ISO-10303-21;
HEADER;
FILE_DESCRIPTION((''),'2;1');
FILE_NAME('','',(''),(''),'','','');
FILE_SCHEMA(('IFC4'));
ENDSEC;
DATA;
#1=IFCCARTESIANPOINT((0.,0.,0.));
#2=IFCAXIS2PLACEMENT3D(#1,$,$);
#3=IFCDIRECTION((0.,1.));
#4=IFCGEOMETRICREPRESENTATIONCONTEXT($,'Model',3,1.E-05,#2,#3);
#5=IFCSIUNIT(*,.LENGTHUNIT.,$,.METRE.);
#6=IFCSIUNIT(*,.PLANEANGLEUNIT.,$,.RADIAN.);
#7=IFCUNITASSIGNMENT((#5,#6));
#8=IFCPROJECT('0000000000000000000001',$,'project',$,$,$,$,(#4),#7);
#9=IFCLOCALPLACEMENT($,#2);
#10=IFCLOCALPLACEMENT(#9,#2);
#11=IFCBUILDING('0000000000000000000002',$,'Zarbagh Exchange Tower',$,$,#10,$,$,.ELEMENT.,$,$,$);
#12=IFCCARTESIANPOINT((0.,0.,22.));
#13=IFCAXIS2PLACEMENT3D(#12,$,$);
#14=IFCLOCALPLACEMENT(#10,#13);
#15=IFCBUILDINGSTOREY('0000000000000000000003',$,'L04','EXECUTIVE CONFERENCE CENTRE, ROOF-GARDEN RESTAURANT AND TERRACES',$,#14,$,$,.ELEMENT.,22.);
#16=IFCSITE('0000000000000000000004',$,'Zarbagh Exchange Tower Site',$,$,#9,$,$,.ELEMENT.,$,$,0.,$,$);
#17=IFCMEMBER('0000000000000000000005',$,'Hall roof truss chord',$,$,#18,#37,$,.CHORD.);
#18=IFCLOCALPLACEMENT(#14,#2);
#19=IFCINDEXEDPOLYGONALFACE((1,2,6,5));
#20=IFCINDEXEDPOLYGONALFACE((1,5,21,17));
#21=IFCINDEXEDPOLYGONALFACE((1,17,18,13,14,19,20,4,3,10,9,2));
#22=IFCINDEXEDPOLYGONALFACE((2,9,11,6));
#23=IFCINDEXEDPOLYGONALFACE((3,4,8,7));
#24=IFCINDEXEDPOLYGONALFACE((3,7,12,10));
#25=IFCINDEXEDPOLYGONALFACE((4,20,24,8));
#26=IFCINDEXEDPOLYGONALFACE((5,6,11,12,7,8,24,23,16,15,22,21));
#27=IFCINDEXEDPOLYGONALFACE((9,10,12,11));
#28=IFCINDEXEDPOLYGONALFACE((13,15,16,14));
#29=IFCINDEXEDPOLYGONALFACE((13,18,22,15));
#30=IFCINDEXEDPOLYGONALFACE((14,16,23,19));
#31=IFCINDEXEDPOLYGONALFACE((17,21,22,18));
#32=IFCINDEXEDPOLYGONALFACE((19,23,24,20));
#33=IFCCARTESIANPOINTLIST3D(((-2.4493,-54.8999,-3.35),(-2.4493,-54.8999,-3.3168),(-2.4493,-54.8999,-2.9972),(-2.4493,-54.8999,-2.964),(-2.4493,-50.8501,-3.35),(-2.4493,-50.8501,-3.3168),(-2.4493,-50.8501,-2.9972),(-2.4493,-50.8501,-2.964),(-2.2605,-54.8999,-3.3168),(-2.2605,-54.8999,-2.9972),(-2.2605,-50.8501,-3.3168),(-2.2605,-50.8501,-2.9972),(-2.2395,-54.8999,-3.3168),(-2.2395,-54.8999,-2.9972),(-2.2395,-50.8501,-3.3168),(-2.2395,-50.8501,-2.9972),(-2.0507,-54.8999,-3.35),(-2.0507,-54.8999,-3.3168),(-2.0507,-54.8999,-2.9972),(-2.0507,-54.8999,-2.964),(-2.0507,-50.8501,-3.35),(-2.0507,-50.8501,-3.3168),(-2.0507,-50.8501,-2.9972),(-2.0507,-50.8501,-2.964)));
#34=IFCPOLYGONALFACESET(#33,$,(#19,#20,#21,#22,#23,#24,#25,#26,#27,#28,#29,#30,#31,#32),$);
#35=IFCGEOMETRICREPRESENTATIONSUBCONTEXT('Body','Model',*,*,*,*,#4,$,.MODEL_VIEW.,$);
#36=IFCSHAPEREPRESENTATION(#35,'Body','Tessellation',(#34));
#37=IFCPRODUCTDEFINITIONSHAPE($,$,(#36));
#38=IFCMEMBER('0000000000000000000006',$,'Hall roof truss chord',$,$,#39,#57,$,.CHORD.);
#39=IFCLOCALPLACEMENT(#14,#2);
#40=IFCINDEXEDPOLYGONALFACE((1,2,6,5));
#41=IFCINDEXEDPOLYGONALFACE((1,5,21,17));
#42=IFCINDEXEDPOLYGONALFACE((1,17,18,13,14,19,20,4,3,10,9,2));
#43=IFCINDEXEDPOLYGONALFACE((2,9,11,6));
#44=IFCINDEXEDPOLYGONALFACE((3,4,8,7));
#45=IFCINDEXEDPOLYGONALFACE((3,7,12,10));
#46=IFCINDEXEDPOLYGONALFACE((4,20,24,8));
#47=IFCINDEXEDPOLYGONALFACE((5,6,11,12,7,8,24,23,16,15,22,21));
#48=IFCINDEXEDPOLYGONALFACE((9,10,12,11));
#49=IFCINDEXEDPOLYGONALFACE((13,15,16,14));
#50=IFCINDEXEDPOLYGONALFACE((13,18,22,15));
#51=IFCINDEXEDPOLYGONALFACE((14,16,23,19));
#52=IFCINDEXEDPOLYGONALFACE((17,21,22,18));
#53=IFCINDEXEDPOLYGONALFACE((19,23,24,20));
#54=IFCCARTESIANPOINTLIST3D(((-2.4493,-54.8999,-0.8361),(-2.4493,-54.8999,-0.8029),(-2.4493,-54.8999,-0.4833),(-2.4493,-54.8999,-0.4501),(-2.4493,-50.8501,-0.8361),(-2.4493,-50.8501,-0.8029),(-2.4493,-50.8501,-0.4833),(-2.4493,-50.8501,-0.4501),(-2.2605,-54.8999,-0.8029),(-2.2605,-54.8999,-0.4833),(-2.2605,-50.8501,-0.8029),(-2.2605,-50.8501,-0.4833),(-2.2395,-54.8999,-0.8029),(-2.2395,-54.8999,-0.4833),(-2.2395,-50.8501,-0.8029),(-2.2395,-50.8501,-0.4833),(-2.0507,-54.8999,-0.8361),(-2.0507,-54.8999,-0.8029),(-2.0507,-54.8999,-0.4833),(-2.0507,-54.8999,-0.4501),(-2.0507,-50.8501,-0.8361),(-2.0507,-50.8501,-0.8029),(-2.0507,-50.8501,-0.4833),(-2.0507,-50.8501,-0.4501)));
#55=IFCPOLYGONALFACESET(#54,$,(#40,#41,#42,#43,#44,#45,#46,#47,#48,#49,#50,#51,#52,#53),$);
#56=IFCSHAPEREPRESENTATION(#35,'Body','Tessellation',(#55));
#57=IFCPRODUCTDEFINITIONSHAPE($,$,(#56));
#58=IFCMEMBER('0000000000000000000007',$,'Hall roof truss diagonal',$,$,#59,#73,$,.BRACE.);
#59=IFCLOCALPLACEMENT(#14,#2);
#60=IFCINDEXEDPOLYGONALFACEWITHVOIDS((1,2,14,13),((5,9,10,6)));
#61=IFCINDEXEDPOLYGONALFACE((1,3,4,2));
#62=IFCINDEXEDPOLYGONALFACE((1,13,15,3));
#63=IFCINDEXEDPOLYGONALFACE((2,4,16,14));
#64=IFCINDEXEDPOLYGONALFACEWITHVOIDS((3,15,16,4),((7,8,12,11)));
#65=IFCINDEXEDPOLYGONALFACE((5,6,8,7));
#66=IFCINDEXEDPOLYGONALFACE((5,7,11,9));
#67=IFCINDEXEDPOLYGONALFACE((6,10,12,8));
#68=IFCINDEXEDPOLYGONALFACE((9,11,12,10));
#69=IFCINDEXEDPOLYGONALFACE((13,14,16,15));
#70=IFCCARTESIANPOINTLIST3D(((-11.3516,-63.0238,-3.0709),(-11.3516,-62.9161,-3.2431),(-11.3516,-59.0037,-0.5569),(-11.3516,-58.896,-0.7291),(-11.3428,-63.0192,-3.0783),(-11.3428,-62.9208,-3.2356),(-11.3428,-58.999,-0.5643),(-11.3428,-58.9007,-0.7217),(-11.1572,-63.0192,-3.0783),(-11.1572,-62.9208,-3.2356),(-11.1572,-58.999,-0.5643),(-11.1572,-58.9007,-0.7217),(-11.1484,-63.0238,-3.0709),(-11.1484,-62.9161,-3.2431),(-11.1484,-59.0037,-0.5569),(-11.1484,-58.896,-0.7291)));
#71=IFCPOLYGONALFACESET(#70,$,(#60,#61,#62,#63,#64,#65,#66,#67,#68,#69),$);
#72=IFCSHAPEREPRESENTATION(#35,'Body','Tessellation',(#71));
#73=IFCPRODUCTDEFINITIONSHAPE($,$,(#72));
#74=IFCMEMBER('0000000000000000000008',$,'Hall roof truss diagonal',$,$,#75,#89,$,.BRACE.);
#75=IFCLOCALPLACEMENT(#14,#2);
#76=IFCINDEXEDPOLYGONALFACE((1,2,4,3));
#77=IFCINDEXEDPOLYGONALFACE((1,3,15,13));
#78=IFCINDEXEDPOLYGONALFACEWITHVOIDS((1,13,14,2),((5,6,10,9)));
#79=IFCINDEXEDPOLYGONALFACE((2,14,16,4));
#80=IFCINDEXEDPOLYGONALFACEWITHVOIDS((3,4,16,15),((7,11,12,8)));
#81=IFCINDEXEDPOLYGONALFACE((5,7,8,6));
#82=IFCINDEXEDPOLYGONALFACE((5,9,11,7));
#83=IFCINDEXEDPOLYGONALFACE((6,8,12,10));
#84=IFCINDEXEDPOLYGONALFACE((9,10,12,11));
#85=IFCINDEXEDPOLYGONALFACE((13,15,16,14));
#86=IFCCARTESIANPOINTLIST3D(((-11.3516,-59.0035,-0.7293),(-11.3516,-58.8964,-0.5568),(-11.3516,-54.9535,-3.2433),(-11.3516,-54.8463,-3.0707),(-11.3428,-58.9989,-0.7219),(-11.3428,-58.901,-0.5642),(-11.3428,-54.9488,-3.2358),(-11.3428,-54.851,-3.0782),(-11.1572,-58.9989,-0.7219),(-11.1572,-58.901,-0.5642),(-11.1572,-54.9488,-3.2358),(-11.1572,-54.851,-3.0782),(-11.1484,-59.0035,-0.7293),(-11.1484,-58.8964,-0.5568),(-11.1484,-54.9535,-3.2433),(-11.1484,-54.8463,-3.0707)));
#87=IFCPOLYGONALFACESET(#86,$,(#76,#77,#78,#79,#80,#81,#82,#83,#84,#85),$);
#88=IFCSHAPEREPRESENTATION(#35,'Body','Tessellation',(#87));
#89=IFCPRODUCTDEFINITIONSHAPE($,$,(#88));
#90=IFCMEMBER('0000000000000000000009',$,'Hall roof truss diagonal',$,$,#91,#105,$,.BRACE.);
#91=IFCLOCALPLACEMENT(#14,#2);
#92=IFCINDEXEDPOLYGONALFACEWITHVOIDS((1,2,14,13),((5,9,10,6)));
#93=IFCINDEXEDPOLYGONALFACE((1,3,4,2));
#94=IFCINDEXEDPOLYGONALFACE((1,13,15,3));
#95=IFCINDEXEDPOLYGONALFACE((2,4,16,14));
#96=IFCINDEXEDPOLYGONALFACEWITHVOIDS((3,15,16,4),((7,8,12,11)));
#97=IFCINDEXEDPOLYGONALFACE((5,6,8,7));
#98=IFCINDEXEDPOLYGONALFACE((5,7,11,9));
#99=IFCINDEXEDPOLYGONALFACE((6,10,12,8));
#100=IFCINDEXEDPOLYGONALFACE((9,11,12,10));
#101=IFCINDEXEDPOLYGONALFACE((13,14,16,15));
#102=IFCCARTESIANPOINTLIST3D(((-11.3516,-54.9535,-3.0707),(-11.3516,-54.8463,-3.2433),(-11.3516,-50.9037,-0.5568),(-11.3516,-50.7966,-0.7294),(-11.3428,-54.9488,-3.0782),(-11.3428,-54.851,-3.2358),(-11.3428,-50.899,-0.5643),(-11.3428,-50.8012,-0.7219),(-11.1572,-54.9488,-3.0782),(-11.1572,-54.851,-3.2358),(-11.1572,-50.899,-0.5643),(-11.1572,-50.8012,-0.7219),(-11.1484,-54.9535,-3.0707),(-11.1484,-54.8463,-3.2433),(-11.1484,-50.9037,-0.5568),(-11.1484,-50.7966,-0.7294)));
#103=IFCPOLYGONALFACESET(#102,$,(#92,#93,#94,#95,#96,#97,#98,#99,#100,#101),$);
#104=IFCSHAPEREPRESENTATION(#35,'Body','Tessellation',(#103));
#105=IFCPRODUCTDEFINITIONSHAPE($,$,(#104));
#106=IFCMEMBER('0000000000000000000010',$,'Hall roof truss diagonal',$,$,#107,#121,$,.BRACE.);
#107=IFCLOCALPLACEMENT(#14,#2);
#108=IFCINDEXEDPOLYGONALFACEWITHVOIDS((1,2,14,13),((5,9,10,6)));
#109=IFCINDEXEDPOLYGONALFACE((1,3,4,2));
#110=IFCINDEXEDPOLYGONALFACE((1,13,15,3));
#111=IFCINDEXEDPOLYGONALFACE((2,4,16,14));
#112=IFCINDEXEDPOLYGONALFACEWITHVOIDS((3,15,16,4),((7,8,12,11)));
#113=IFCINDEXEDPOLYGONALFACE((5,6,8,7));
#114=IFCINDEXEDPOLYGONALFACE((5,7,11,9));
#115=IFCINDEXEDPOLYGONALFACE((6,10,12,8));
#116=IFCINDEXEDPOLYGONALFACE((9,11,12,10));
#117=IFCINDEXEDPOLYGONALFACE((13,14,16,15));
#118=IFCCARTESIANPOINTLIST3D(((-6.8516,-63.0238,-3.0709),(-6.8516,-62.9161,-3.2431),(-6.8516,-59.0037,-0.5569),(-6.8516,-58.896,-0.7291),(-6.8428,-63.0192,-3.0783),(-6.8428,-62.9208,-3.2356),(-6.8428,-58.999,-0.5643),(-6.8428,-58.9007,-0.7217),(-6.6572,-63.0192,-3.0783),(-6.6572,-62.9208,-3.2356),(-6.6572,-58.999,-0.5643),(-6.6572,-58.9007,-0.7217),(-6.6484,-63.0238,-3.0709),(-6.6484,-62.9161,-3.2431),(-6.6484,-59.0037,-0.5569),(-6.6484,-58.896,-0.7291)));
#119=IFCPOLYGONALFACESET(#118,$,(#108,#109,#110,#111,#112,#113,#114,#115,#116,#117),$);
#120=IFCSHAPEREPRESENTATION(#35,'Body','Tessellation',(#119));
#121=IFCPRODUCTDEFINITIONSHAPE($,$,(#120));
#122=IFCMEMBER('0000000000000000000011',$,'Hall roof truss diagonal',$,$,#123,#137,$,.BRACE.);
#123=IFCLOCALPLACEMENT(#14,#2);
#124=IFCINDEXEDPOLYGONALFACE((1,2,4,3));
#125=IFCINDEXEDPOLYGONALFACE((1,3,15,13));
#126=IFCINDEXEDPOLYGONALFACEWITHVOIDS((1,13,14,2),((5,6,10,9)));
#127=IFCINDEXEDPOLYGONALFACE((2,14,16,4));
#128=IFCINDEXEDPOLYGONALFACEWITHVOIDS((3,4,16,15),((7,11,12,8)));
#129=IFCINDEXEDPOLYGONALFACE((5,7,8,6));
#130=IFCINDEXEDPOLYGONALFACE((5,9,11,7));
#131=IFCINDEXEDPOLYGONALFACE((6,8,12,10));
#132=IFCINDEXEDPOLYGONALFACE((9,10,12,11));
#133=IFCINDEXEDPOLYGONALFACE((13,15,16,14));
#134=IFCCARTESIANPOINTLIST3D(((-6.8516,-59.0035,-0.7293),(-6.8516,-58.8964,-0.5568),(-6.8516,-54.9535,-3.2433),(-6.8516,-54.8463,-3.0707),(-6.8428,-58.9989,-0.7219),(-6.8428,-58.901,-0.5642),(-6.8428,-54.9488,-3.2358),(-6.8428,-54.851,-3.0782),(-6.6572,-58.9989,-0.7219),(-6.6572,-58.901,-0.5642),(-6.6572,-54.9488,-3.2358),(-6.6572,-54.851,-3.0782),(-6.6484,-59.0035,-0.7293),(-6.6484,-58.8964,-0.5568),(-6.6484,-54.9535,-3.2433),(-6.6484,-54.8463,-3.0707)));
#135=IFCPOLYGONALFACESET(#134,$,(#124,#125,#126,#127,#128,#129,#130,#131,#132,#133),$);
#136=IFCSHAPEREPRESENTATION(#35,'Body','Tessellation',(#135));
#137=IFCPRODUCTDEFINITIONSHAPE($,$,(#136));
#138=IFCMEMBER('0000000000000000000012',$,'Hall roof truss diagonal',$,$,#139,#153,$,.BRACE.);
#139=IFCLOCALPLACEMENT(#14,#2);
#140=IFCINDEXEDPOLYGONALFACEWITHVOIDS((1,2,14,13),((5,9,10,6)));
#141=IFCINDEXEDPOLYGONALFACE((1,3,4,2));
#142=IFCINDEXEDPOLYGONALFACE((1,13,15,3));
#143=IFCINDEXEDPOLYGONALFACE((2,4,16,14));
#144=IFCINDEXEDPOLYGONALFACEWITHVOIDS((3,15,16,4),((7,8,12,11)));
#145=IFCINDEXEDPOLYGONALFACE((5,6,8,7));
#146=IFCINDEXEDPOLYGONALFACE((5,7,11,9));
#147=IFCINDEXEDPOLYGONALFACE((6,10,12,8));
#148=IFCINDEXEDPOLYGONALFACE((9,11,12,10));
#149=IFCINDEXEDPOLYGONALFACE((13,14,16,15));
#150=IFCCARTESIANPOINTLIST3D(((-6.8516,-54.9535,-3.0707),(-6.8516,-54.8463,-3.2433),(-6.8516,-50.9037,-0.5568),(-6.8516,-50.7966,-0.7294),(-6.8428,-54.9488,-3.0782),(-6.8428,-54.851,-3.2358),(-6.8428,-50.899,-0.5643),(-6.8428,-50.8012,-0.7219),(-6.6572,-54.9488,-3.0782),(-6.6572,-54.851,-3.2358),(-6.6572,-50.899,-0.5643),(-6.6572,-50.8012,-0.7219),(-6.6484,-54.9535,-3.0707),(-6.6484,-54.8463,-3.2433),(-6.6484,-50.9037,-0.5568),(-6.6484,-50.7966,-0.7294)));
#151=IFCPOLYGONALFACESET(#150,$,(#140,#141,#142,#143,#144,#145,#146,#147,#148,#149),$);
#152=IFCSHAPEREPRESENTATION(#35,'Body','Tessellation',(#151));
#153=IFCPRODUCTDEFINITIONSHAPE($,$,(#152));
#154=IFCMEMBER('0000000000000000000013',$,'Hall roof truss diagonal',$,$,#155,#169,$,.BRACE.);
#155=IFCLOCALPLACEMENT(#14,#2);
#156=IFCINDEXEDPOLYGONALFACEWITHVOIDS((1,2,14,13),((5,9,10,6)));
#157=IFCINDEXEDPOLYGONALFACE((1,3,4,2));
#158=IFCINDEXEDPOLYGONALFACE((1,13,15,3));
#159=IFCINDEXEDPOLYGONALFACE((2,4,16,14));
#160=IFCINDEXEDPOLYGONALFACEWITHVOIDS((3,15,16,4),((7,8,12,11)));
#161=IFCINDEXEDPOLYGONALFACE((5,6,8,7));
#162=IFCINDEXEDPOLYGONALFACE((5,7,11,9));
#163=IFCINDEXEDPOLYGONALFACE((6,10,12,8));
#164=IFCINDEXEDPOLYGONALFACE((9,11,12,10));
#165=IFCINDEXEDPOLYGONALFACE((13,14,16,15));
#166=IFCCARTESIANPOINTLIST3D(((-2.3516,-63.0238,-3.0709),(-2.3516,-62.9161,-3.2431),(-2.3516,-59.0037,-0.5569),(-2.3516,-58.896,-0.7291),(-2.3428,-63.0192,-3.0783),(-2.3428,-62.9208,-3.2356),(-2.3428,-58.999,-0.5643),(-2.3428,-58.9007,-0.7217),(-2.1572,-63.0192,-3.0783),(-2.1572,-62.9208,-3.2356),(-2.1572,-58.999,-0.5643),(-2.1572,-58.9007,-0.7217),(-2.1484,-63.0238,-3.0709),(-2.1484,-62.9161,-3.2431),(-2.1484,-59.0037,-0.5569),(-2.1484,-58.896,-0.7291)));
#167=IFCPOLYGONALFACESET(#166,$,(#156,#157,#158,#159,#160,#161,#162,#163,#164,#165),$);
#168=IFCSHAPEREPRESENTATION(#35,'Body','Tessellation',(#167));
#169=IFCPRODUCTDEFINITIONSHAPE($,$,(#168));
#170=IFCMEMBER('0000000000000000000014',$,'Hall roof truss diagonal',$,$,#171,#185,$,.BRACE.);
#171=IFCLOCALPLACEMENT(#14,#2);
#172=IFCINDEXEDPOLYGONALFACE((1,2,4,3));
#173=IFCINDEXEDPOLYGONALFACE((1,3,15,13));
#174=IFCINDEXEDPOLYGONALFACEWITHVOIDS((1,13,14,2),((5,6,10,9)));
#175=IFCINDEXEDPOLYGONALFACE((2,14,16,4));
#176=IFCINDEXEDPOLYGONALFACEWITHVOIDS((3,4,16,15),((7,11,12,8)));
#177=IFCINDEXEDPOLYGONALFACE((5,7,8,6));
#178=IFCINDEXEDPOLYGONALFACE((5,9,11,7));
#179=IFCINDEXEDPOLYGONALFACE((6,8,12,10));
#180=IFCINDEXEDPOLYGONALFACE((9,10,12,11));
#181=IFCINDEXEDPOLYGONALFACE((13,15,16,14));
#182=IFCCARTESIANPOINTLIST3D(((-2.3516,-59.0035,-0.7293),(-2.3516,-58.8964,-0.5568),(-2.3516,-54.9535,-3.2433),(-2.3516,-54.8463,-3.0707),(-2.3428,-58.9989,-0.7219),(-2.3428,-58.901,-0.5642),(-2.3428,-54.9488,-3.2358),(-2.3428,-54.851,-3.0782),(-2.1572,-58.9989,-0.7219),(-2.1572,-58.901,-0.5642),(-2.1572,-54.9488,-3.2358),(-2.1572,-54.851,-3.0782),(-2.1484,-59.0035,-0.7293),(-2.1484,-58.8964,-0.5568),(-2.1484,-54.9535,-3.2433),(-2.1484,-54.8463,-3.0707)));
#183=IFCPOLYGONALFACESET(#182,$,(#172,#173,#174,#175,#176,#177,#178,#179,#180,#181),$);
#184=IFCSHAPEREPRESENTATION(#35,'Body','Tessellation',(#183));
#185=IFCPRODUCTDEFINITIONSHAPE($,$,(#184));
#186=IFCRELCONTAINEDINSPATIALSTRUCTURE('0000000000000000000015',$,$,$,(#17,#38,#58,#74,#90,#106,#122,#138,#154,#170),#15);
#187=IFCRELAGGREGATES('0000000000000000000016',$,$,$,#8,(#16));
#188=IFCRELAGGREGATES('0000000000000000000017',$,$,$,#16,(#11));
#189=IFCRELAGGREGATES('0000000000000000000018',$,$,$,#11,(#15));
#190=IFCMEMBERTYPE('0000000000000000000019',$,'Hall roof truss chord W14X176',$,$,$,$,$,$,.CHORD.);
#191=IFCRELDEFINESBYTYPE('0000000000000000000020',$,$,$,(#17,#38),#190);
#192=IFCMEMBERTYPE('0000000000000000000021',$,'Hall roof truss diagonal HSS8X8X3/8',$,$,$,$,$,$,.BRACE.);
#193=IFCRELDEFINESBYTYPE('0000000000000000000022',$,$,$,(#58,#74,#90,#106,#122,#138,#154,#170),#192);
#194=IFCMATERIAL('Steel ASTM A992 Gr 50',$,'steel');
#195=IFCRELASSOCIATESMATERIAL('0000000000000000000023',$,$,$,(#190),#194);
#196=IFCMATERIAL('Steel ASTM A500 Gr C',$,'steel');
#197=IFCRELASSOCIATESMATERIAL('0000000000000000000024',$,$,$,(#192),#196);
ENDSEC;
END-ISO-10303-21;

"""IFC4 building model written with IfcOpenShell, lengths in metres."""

from ifc_helpers import new_model, si_unit, direction, frame, origin, origin_2d, place, context, subcontext, project, spatial, hollow_rectangle, i_section, extrude, material, material_profile, profile_set, type_object, element, save


model = new_model("IFC4")

# Units and contexts
model_context = context("Model", 3, precision=1e-05, world=origin(), true_north=direction((0.0, 1.0)))
body_context = subcontext(model_context, "Body", "Model", "MODEL_VIEW")
ifc_project = project(units=[si_unit("LENGTHUNIT", "METRE"), si_unit("PLANEANGLEUNIT", "RADIAN")], contexts=[model_context])

# Site, building, storey
site_placement = place(None, origin())
site = spatial("IfcSite", under=ifc_project, at=site_placement, Name="Zarbagh Exchange Tower Site", CompositionType="ELEMENT", RefElevation=0.0)
building_placement = place(site_placement, origin())
building = spatial("IfcBuilding", under=site, at=building_placement, Name="Zarbagh Exchange Tower", CompositionType="ELEMENT")
storey_placement = place(building_placement, frame((0.0, 0.0, 22.0)))
storey = spatial("IfcBuildingStorey", under=building, at=storey_placement, Name="L04", Description="EXECUTIVE CONFERENCE CENTRE, ROOF-GARDEN RESTAURANT AND TERRACES", CompositionType="ELEMENT", Elevation=22.0)

# Members
ifc_material_1 = material(Name="Steel ASTM A992 Gr 50", Category="steel")
ifc_material_profile_1 = material_profile(ifc_material_1, i_section(OverallWidth=0.3987, OverallDepth=0.386, WebThickness=0.021, FlangeThickness=0.0332, at=origin_2d()), Name="W14X176")
ifc_profile_set_1 = profile_set([ifc_material_profile_1], Name="Steel ASTM A992 Gr 50")
member_type_1 = type_object("IfcMemberType", Name="Hall roof truss chord W14X176", PredefinedType="CHORD", material=ifc_profile_set_1)
for number, where, z_axis, x_axis, name in (
    (1, (-2.25, -54.8999, -3.157), (0.0, 1.0, 0.0), (-1.0, 0.0, 0.0), "Hall roof truss chord"),
    (2, (-2.25, -54.8999, -0.6431), (0.0, 1.0, 0.0), (-1.0, 0.0, 0.0), "Hall roof truss chord"),
):
    element("IfcMember", number, at=place(storey_placement, frame(where, z_axis=z_axis, x_axis=x_axis)), inside=storey, type_object=member_type_1, Name=name, PredefinedType="CHORD", context=body_context, shape_type="SweptSolid", body=[
        extrude(i_section(OverallWidth=0.3987, OverallDepth=0.386, WebThickness=0.021, FlangeThickness=0.0332, at=origin_2d()), origin(), (0.0, 0.0, 1.0), 4.0498),
    ])
ifc_material_2 = material(Name="Steel ASTM A500 Gr C", Category="steel")
ifc_material_profile_2 = material_profile(ifc_material_2, hollow_rectangle(XDim=0.2031, YDim=0.2031, WallThickness=0.0088, at=origin_2d()), Name="HSS8X8X3/8")
ifc_profile_set_2 = profile_set([ifc_material_profile_2], Name="Steel ASTM A500 Gr C")
member_type_2 = type_object("IfcMemberType", Name="Hall roof truss diagonal HSS8X8X3/8", PredefinedType="BRACE", material=ifc_profile_set_2)
member_1_placement = place(storey_placement, frame((-11.25, -62.97, -3.157), z_axis=(0.0, 0.847865, 0.530212), x_axis=(-1.0, 0.0, 0.0)))
element("IfcMember", 3, at=member_1_placement, inside=storey, type_object=member_type_2, Name="Hall roof truss diagonal", PredefinedType="BRACE", context=body_context, shape_type="SweptSolid", body=[
    extrude(hollow_rectangle(XDim=0.2031, YDim=0.2031, WallThickness=0.0088, at=origin_2d()), origin(), (0.0, 0.0, 1.0), 4.7415),
])
member_2_placement = place(storey_placement, frame((-11.25, -54.8999, -3.157), z_axis=(0.0, -0.849631, 0.527377), x_axis=(1.0, 0.0, 0.0)))
element("IfcMember", 4, at=member_2_placement, inside=storey, type_object=member_type_2, Name="Hall roof truss diagonal", PredefinedType="BRACE", context=body_context, shape_type="SweptSolid", body=[
    extrude(hollow_rectangle(XDim=0.2031, YDim=0.2031, WallThickness=0.0088, at=origin_2d()), origin(), (0.0, 0.0, 1.0), 4.7668),
])
member_3_placement = place(storey_placement, frame((-11.25, -54.8999, -3.157), z_axis=(0.0, 0.849617, 0.5274), x_axis=(-1.0, 0.0, 0.0)))
element("IfcMember", 5, at=member_3_placement, inside=storey, type_object=member_type_2, Name="Hall roof truss diagonal", PredefinedType="BRACE", context=body_context, shape_type="SweptSolid", body=[
    extrude(hollow_rectangle(XDim=0.2031, YDim=0.2031, WallThickness=0.0088, at=origin_2d()), origin(), (0.0, 0.0, 1.0), 4.7666),
])
member_4_placement = place(storey_placement, frame((-6.75, -62.97, -3.157), z_axis=(0.0, 0.847865, 0.530212), x_axis=(-1.0, 0.0, 0.0)))
element("IfcMember", 6, at=member_4_placement, inside=storey, type_object=member_type_2, Name="Hall roof truss diagonal", PredefinedType="BRACE", context=body_context, shape_type="SweptSolid", body=[
    extrude(hollow_rectangle(XDim=0.2031, YDim=0.2031, WallThickness=0.0088, at=origin_2d()), origin(), (0.0, 0.0, 1.0), 4.7415),
])
member_5_placement = place(storey_placement, frame((-6.75, -54.8999, -3.157), z_axis=(0.0, -0.849631, 0.527377), x_axis=(1.0, 0.0, 0.0)))
element("IfcMember", 7, at=member_5_placement, inside=storey, type_object=member_type_2, Name="Hall roof truss diagonal", PredefinedType="BRACE", context=body_context, shape_type="SweptSolid", body=[
    extrude(hollow_rectangle(XDim=0.2031, YDim=0.2031, WallThickness=0.0088, at=origin_2d()), origin(), (0.0, 0.0, 1.0), 4.7668),
])
member_6_placement = place(storey_placement, frame((-6.75, -54.8999, -3.157), z_axis=(0.0, 0.849617, 0.5274), x_axis=(-1.0, 0.0, 0.0)))
element("IfcMember", 8, at=member_6_placement, inside=storey, type_object=member_type_2, Name="Hall roof truss diagonal", PredefinedType="BRACE", context=body_context, shape_type="SweptSolid", body=[
    extrude(hollow_rectangle(XDim=0.2031, YDim=0.2031, WallThickness=0.0088, at=origin_2d()), origin(), (0.0, 0.0, 1.0), 4.7666),
])
member_7_placement = place(storey_placement, frame((-2.25, -62.97, -3.157), z_axis=(0.0, 0.847865, 0.530212), x_axis=(-1.0, 0.0, 0.0)))
element("IfcMember", 9, at=member_7_placement, inside=storey, type_object=member_type_2, Name="Hall roof truss diagonal", PredefinedType="BRACE", context=body_context, shape_type="SweptSolid", body=[
    extrude(hollow_rectangle(XDim=0.2031, YDim=0.2031, WallThickness=0.0088, at=origin_2d()), origin(), (0.0, 0.0, 1.0), 4.7415),
])
member_8_placement = place(storey_placement, frame((-2.25, -54.8999, -3.157), z_axis=(0.0, -0.849631, 0.527377), x_axis=(1.0, 0.0, 0.0)))
element("IfcMember", 10, at=member_8_placement, inside=storey, type_object=member_type_2, Name="Hall roof truss diagonal", PredefinedType="BRACE", context=body_context, shape_type="SweptSolid", body=[
    extrude(hollow_rectangle(XDim=0.2031, YDim=0.2031, WallThickness=0.0088, at=origin_2d()), origin(), (0.0, 0.0, 1.0), 4.7668),
])

save(model, "model.ifc")
